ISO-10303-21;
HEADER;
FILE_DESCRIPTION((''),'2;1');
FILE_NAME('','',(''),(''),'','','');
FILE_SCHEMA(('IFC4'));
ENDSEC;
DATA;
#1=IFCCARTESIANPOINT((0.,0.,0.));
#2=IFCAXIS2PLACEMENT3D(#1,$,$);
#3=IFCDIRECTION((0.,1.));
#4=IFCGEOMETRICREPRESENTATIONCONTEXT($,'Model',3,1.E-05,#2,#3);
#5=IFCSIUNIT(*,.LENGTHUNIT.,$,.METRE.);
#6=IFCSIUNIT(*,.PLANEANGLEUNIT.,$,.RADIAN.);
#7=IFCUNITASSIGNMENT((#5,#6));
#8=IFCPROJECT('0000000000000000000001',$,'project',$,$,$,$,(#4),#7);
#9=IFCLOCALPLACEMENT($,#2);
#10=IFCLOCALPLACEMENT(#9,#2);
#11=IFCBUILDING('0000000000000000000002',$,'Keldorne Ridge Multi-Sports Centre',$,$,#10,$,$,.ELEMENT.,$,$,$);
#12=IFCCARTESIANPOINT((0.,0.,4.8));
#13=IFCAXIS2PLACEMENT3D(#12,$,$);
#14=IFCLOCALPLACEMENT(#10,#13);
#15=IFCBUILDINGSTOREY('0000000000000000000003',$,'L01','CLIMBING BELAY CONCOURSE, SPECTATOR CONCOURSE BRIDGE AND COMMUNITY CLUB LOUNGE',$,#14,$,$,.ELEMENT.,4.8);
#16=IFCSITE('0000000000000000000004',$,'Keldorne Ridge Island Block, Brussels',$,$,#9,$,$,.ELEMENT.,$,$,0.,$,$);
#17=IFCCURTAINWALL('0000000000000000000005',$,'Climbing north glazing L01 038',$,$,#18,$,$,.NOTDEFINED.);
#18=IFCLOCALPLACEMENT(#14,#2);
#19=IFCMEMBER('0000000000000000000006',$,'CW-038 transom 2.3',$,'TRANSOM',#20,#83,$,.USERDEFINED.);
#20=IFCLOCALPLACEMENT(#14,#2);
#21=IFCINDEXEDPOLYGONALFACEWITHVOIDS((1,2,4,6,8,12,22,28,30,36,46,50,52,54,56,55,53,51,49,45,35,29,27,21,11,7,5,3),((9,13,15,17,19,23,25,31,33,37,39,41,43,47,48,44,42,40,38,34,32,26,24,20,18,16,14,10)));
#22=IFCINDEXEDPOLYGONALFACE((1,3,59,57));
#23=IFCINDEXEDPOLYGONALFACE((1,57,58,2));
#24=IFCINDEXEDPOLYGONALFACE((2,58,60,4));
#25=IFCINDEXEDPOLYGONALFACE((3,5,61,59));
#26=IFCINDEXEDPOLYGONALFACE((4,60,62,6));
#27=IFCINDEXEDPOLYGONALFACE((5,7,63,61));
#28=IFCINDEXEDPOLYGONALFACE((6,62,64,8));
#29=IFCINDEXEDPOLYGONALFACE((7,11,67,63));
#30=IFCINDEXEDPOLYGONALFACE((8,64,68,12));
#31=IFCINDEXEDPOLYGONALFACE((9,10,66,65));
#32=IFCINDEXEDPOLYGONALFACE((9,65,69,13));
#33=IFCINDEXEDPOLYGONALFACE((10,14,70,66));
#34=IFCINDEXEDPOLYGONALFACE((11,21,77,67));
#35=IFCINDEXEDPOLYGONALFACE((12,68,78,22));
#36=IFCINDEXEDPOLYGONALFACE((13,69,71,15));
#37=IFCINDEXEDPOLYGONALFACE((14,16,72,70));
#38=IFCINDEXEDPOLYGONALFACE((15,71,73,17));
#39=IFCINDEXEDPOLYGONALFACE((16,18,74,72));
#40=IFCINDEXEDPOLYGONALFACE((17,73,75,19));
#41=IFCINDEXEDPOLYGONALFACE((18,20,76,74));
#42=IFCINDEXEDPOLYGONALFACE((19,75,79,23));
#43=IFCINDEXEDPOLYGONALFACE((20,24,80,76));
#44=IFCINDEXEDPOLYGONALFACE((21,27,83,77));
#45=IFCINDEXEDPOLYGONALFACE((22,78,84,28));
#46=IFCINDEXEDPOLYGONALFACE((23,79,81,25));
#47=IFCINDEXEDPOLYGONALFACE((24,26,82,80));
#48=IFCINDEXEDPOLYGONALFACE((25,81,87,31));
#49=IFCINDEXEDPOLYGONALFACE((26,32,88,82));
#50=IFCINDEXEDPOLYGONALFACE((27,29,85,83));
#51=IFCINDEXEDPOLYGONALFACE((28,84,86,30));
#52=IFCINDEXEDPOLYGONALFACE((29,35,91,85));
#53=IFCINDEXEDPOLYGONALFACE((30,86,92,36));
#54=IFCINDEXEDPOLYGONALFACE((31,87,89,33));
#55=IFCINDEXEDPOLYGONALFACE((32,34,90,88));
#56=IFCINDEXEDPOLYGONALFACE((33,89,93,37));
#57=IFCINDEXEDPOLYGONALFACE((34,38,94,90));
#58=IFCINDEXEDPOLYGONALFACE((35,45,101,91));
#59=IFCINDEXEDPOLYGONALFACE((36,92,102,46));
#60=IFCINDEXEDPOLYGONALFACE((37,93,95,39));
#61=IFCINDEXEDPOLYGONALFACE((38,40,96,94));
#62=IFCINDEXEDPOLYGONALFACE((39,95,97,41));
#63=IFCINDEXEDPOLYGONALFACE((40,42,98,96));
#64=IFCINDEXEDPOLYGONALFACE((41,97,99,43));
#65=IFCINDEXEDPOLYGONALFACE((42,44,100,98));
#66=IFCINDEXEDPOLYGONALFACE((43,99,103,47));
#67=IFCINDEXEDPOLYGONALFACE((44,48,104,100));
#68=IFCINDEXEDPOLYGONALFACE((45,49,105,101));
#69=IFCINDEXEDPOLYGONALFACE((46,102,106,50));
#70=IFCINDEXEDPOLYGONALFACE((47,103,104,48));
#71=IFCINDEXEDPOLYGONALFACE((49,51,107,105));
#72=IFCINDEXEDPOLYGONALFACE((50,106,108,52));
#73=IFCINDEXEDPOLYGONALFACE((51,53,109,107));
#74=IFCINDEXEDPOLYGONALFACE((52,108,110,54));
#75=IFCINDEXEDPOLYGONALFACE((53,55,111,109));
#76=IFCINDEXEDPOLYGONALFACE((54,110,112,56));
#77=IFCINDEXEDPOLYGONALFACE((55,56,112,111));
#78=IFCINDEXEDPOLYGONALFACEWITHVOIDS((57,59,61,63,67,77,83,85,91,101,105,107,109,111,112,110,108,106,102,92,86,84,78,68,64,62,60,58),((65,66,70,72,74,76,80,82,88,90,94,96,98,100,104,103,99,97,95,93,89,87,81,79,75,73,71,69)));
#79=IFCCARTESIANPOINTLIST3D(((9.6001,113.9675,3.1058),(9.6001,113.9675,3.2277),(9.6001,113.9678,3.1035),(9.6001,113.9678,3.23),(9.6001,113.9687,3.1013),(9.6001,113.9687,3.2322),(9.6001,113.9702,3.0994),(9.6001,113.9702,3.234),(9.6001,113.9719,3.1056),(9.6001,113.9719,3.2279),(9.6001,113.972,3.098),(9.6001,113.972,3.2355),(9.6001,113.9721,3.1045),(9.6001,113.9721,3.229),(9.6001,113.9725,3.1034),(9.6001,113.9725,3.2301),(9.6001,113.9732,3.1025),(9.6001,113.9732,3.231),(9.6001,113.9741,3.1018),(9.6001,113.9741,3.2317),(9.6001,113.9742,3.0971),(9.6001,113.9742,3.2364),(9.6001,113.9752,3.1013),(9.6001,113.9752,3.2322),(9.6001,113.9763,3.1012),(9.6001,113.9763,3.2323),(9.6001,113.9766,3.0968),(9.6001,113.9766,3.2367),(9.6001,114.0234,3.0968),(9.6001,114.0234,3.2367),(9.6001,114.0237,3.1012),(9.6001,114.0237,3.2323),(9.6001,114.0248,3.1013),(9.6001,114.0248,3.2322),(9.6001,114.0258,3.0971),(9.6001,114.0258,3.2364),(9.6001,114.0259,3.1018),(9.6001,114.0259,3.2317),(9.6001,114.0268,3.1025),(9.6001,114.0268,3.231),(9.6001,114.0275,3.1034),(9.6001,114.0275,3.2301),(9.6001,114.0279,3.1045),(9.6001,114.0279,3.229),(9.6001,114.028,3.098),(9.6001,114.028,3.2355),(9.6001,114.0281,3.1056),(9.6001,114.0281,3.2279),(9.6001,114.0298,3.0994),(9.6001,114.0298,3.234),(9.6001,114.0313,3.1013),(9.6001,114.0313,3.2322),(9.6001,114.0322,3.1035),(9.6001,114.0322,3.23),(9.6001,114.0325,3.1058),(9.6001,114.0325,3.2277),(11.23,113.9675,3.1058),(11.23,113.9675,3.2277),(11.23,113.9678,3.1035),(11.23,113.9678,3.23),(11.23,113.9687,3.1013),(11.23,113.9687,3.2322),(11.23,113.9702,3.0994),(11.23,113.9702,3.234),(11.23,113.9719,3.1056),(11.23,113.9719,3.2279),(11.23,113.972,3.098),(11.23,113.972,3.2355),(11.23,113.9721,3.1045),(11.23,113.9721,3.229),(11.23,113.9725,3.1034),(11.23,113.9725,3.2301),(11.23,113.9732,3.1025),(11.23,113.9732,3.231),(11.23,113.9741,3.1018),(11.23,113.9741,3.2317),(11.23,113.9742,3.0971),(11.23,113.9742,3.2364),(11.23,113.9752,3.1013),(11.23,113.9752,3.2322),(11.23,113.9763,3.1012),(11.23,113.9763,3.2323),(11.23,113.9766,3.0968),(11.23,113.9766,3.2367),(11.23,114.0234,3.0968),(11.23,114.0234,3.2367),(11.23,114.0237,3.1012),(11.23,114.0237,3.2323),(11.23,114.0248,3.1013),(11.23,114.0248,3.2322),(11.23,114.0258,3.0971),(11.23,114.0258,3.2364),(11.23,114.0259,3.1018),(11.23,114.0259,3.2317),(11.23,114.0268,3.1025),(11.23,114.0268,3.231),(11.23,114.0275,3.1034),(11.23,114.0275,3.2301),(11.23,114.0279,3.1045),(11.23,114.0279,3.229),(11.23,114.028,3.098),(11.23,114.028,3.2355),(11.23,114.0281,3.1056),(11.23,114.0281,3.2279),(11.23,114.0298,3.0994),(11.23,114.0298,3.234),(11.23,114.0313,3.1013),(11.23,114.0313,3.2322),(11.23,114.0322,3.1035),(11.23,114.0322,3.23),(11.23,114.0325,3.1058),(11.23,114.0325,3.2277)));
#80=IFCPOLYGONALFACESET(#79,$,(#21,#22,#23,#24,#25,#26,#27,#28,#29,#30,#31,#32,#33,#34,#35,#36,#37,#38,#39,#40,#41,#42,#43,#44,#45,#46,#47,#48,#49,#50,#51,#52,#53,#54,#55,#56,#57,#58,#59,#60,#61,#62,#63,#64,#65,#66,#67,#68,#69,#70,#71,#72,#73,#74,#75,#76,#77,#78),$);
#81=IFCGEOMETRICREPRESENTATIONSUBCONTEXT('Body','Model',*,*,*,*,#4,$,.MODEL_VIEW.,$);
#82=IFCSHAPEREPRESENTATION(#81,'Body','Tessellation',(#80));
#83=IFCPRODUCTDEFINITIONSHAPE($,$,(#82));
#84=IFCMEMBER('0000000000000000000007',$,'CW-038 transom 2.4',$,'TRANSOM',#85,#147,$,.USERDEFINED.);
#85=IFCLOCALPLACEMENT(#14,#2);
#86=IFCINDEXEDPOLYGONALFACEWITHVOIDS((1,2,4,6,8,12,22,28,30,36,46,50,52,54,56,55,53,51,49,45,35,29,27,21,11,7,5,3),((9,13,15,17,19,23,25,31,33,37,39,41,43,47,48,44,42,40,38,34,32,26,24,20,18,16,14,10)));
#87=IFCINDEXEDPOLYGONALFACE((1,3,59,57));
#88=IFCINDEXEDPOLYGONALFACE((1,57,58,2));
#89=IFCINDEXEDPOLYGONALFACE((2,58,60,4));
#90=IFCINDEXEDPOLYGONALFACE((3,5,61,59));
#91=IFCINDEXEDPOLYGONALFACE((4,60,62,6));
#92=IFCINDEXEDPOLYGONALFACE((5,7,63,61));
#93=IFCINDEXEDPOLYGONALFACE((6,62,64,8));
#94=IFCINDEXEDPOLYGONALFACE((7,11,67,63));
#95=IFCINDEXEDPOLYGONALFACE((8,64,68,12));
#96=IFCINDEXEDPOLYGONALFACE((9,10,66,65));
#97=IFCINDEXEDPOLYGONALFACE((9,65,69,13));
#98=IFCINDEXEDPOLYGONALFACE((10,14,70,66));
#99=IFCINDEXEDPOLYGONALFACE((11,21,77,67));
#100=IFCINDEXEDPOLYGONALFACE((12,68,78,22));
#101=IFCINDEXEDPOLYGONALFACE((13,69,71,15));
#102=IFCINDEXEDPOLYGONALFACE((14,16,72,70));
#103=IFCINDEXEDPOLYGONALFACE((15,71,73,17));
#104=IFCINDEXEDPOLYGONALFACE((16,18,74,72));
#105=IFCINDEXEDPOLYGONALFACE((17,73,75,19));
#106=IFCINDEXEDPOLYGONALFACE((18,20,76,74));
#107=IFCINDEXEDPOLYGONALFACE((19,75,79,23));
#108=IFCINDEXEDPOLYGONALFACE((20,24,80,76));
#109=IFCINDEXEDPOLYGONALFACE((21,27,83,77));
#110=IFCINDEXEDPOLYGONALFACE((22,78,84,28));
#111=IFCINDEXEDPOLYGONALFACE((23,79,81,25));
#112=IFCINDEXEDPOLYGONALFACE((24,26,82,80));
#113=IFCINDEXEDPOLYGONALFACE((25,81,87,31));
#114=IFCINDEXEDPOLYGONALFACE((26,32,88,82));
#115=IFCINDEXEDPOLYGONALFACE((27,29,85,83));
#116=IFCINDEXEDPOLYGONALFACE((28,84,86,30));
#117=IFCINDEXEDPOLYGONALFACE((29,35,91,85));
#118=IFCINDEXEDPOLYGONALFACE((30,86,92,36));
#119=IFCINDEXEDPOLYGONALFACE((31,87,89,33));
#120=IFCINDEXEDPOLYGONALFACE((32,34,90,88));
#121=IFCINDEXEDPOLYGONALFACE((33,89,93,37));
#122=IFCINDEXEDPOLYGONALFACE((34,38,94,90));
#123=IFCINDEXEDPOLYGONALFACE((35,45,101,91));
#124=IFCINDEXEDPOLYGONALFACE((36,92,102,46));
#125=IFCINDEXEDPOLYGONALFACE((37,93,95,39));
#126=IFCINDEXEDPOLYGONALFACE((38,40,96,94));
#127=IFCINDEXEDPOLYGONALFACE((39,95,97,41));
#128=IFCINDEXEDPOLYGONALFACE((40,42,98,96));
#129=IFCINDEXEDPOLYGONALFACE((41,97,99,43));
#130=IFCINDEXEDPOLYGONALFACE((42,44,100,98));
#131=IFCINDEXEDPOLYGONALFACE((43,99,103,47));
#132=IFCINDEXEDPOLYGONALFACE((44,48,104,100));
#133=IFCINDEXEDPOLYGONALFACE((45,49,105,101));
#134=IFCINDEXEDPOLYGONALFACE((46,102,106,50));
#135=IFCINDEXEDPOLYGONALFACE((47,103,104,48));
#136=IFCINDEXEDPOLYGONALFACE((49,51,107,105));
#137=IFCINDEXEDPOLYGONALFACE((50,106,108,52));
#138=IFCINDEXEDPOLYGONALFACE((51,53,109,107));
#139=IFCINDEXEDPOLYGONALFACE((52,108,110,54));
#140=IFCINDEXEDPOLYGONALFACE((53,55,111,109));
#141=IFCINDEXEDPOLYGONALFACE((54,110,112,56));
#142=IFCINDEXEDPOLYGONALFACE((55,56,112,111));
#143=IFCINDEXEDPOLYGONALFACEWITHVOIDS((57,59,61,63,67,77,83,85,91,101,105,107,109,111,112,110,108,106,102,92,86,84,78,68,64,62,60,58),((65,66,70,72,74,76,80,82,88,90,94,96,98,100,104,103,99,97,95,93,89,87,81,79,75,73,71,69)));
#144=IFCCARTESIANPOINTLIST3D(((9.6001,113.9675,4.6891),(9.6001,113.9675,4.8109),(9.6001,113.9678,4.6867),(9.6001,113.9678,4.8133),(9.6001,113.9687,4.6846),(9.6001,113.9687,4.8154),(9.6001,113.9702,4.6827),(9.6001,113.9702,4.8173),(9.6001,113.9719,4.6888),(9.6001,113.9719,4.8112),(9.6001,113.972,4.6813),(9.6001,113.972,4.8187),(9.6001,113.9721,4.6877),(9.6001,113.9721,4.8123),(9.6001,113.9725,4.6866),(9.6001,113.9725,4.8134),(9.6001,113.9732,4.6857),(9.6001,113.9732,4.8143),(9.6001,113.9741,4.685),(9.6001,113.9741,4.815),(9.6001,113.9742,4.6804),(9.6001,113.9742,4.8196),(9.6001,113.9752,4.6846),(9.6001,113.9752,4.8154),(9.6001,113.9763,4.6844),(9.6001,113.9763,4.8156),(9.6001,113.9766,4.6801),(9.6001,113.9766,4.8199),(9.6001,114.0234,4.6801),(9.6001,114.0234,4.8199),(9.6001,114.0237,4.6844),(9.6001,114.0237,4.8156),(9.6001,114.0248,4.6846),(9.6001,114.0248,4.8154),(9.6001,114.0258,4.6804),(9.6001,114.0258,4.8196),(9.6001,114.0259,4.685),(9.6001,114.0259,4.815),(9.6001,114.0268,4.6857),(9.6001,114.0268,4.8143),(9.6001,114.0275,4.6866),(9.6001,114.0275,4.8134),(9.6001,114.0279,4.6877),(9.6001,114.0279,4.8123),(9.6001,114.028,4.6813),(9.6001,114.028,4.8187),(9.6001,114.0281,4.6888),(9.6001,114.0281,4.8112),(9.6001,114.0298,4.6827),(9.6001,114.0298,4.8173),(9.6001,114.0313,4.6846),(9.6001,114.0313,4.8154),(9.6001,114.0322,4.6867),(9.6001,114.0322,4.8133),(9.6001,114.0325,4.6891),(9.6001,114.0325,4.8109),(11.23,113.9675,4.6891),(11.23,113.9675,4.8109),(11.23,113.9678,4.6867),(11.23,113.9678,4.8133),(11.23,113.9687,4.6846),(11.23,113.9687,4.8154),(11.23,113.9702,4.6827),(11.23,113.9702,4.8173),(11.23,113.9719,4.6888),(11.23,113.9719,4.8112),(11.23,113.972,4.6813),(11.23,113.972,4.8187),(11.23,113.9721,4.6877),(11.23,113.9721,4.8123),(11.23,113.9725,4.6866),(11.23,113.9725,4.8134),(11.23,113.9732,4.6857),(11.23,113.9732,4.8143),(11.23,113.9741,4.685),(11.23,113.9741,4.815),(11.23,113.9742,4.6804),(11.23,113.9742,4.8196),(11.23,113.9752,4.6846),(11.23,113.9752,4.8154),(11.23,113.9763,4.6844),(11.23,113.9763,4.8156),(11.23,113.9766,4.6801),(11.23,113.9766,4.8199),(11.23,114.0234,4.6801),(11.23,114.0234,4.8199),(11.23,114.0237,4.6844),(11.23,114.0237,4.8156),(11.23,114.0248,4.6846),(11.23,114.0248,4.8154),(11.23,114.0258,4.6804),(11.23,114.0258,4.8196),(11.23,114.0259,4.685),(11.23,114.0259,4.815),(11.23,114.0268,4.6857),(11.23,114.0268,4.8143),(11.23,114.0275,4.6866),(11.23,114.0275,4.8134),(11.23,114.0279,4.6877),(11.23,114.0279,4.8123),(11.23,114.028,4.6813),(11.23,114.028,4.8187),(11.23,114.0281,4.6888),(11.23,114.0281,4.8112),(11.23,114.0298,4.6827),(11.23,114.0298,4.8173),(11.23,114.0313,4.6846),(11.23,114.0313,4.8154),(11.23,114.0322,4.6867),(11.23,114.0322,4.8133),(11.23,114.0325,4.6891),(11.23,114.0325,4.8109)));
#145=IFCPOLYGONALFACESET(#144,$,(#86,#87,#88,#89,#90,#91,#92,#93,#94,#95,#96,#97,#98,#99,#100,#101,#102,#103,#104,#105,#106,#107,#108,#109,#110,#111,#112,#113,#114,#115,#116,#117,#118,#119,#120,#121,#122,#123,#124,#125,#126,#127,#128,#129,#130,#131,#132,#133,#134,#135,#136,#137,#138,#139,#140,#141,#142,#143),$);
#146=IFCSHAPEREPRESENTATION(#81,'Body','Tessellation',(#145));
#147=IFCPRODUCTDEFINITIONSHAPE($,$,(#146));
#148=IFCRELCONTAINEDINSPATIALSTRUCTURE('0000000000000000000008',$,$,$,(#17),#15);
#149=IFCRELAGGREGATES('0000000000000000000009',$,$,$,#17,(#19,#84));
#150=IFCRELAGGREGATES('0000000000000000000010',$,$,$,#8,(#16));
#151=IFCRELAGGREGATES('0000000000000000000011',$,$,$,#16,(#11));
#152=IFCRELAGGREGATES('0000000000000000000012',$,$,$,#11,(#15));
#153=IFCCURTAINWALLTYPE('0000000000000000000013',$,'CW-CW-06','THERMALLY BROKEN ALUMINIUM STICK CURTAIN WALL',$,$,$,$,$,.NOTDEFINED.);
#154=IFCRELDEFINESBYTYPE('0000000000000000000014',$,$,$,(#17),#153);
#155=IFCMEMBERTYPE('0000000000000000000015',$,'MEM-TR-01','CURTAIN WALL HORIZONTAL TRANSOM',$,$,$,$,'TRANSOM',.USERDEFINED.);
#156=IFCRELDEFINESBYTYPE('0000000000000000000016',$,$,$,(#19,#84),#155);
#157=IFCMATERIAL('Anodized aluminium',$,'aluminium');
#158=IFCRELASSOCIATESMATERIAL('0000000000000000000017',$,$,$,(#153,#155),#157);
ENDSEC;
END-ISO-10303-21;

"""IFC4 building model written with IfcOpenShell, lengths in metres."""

from ifc_helpers import new_model, si_unit, direction, frame, origin, origin_2d, place, context, subcontext, project, spatial, hollow_rectangle, extrude, material, material_profile, profile_set, type_object, element, aggregate, save


model = new_model("IFC4")

# Units and contexts
model_context = context("Model", 3, precision=1e-05, world=origin(), true_north=direction((0.0, 1.0)))
body_context = subcontext(model_context, "Body", "Model", "MODEL_VIEW")
ifc_project = project(units=[si_unit("LENGTHUNIT", "METRE"), si_unit("PLANEANGLEUNIT", "RADIAN")], contexts=[model_context])

# Site, building, storey
site_placement = place(None, origin())
site = spatial("IfcSite", under=ifc_project, at=site_placement, Name="Keldorne Ridge Island Block, Brussels", CompositionType="ELEMENT", RefElevation=0.0)
building_placement = place(site_placement, origin())
building = spatial("IfcBuilding", under=site, at=building_placement, Name="Keldorne Ridge Multi-Sports Centre", CompositionType="ELEMENT")
storey_placement = place(building_placement, frame((0.0, 0.0, 4.8)))
storey = spatial("IfcBuildingStorey", under=building, at=storey_placement, Name="L01", Description="CLIMBING BELAY CONCOURSE, SPECTATOR CONCOURSE BRIDGE AND COMMUNITY CLUB LOUNGE", CompositionType="ELEMENT", Elevation=4.8)

# Curtain wall
ifc_material_1 = material(Name="Anodized aluminium", Category="aluminium")
curtain_wall_type_1 = type_object("IfcCurtainWallType", Name="CW-CW-06", Description="THERMALLY BROKEN ALUMINIUM STICK CURTAIN WALL", PredefinedType="NOTDEFINED", material=ifc_material_1)
curtain_wall_1_placement = place(storey_placement, origin())
curtain_wall_1 = element("IfcCurtainWall", 1, at=curtain_wall_1_placement, inside=storey, type_object=curtain_wall_type_1, Name="Climbing north glazing L01 038", PredefinedType="NOTDEFINED")

# Members
ifc_material_profile_1 = material_profile(ifc_material_1, hollow_rectangle(XDim=0.0649, YDim=0.1399, WallThickness=0.0044, InnerFilletRadius=0.0044, OuterFilletRadius=0.009, at=origin_2d()), Name="ALU TRANSOM 140x65x4.5")
ifc_profile_set_1 = profile_set([ifc_material_profile_1], Name="Anodized aluminium")
member_type_1 = type_object("IfcMemberType", Name="MEM-TR-01", Description="CURTAIN WALL HORIZONTAL TRANSOM", ElementType="TRANSOM", PredefinedType="USERDEFINED", material=ifc_profile_set_1)
member_1_placement = place(storey_placement, frame((11.23, 114.0, 3.1667), z_axis=(-1.0, 0.0, 0.0), x_axis=(0.0, -1.0, 0.0)))
member_1 = element("IfcMember", 2, at=member_1_placement, type_object=member_type_1, Name="CW-038 transom 2.3", ObjectType="TRANSOM", PredefinedType="USERDEFINED", context=body_context, shape_type="SweptSolid", body=[
    extrude(hollow_rectangle(XDim=0.0649, YDim=0.1399, WallThickness=0.0044, InnerFilletRadius=0.0044, OuterFilletRadius=0.009, at=origin_2d()), origin(), (0.0, 0.0, 1.0), 1.6299),
])
member_2_placement = place(storey_placement, frame((11.23, 114.0, 4.75), z_axis=(-1.0, 0.0, 0.0), x_axis=(0.0, -1.0, 0.0)))
member_2 = element("IfcMember", 3, at=member_2_placement, type_object=member_type_1, Name="CW-038 transom 2.4", ObjectType="TRANSOM", PredefinedType="USERDEFINED", context=body_context, shape_type="SweptSolid", body=[
    extrude(hollow_rectangle(XDim=0.0649, YDim=0.1399, WallThickness=0.0044, InnerFilletRadius=0.0044, OuterFilletRadius=0.009, at=origin_2d()), origin(), (0.0, 0.0, 1.0), 1.6299),
])

aggregate(curtain_wall_1, [member_1, member_2])

save(model, "model.ifc")
